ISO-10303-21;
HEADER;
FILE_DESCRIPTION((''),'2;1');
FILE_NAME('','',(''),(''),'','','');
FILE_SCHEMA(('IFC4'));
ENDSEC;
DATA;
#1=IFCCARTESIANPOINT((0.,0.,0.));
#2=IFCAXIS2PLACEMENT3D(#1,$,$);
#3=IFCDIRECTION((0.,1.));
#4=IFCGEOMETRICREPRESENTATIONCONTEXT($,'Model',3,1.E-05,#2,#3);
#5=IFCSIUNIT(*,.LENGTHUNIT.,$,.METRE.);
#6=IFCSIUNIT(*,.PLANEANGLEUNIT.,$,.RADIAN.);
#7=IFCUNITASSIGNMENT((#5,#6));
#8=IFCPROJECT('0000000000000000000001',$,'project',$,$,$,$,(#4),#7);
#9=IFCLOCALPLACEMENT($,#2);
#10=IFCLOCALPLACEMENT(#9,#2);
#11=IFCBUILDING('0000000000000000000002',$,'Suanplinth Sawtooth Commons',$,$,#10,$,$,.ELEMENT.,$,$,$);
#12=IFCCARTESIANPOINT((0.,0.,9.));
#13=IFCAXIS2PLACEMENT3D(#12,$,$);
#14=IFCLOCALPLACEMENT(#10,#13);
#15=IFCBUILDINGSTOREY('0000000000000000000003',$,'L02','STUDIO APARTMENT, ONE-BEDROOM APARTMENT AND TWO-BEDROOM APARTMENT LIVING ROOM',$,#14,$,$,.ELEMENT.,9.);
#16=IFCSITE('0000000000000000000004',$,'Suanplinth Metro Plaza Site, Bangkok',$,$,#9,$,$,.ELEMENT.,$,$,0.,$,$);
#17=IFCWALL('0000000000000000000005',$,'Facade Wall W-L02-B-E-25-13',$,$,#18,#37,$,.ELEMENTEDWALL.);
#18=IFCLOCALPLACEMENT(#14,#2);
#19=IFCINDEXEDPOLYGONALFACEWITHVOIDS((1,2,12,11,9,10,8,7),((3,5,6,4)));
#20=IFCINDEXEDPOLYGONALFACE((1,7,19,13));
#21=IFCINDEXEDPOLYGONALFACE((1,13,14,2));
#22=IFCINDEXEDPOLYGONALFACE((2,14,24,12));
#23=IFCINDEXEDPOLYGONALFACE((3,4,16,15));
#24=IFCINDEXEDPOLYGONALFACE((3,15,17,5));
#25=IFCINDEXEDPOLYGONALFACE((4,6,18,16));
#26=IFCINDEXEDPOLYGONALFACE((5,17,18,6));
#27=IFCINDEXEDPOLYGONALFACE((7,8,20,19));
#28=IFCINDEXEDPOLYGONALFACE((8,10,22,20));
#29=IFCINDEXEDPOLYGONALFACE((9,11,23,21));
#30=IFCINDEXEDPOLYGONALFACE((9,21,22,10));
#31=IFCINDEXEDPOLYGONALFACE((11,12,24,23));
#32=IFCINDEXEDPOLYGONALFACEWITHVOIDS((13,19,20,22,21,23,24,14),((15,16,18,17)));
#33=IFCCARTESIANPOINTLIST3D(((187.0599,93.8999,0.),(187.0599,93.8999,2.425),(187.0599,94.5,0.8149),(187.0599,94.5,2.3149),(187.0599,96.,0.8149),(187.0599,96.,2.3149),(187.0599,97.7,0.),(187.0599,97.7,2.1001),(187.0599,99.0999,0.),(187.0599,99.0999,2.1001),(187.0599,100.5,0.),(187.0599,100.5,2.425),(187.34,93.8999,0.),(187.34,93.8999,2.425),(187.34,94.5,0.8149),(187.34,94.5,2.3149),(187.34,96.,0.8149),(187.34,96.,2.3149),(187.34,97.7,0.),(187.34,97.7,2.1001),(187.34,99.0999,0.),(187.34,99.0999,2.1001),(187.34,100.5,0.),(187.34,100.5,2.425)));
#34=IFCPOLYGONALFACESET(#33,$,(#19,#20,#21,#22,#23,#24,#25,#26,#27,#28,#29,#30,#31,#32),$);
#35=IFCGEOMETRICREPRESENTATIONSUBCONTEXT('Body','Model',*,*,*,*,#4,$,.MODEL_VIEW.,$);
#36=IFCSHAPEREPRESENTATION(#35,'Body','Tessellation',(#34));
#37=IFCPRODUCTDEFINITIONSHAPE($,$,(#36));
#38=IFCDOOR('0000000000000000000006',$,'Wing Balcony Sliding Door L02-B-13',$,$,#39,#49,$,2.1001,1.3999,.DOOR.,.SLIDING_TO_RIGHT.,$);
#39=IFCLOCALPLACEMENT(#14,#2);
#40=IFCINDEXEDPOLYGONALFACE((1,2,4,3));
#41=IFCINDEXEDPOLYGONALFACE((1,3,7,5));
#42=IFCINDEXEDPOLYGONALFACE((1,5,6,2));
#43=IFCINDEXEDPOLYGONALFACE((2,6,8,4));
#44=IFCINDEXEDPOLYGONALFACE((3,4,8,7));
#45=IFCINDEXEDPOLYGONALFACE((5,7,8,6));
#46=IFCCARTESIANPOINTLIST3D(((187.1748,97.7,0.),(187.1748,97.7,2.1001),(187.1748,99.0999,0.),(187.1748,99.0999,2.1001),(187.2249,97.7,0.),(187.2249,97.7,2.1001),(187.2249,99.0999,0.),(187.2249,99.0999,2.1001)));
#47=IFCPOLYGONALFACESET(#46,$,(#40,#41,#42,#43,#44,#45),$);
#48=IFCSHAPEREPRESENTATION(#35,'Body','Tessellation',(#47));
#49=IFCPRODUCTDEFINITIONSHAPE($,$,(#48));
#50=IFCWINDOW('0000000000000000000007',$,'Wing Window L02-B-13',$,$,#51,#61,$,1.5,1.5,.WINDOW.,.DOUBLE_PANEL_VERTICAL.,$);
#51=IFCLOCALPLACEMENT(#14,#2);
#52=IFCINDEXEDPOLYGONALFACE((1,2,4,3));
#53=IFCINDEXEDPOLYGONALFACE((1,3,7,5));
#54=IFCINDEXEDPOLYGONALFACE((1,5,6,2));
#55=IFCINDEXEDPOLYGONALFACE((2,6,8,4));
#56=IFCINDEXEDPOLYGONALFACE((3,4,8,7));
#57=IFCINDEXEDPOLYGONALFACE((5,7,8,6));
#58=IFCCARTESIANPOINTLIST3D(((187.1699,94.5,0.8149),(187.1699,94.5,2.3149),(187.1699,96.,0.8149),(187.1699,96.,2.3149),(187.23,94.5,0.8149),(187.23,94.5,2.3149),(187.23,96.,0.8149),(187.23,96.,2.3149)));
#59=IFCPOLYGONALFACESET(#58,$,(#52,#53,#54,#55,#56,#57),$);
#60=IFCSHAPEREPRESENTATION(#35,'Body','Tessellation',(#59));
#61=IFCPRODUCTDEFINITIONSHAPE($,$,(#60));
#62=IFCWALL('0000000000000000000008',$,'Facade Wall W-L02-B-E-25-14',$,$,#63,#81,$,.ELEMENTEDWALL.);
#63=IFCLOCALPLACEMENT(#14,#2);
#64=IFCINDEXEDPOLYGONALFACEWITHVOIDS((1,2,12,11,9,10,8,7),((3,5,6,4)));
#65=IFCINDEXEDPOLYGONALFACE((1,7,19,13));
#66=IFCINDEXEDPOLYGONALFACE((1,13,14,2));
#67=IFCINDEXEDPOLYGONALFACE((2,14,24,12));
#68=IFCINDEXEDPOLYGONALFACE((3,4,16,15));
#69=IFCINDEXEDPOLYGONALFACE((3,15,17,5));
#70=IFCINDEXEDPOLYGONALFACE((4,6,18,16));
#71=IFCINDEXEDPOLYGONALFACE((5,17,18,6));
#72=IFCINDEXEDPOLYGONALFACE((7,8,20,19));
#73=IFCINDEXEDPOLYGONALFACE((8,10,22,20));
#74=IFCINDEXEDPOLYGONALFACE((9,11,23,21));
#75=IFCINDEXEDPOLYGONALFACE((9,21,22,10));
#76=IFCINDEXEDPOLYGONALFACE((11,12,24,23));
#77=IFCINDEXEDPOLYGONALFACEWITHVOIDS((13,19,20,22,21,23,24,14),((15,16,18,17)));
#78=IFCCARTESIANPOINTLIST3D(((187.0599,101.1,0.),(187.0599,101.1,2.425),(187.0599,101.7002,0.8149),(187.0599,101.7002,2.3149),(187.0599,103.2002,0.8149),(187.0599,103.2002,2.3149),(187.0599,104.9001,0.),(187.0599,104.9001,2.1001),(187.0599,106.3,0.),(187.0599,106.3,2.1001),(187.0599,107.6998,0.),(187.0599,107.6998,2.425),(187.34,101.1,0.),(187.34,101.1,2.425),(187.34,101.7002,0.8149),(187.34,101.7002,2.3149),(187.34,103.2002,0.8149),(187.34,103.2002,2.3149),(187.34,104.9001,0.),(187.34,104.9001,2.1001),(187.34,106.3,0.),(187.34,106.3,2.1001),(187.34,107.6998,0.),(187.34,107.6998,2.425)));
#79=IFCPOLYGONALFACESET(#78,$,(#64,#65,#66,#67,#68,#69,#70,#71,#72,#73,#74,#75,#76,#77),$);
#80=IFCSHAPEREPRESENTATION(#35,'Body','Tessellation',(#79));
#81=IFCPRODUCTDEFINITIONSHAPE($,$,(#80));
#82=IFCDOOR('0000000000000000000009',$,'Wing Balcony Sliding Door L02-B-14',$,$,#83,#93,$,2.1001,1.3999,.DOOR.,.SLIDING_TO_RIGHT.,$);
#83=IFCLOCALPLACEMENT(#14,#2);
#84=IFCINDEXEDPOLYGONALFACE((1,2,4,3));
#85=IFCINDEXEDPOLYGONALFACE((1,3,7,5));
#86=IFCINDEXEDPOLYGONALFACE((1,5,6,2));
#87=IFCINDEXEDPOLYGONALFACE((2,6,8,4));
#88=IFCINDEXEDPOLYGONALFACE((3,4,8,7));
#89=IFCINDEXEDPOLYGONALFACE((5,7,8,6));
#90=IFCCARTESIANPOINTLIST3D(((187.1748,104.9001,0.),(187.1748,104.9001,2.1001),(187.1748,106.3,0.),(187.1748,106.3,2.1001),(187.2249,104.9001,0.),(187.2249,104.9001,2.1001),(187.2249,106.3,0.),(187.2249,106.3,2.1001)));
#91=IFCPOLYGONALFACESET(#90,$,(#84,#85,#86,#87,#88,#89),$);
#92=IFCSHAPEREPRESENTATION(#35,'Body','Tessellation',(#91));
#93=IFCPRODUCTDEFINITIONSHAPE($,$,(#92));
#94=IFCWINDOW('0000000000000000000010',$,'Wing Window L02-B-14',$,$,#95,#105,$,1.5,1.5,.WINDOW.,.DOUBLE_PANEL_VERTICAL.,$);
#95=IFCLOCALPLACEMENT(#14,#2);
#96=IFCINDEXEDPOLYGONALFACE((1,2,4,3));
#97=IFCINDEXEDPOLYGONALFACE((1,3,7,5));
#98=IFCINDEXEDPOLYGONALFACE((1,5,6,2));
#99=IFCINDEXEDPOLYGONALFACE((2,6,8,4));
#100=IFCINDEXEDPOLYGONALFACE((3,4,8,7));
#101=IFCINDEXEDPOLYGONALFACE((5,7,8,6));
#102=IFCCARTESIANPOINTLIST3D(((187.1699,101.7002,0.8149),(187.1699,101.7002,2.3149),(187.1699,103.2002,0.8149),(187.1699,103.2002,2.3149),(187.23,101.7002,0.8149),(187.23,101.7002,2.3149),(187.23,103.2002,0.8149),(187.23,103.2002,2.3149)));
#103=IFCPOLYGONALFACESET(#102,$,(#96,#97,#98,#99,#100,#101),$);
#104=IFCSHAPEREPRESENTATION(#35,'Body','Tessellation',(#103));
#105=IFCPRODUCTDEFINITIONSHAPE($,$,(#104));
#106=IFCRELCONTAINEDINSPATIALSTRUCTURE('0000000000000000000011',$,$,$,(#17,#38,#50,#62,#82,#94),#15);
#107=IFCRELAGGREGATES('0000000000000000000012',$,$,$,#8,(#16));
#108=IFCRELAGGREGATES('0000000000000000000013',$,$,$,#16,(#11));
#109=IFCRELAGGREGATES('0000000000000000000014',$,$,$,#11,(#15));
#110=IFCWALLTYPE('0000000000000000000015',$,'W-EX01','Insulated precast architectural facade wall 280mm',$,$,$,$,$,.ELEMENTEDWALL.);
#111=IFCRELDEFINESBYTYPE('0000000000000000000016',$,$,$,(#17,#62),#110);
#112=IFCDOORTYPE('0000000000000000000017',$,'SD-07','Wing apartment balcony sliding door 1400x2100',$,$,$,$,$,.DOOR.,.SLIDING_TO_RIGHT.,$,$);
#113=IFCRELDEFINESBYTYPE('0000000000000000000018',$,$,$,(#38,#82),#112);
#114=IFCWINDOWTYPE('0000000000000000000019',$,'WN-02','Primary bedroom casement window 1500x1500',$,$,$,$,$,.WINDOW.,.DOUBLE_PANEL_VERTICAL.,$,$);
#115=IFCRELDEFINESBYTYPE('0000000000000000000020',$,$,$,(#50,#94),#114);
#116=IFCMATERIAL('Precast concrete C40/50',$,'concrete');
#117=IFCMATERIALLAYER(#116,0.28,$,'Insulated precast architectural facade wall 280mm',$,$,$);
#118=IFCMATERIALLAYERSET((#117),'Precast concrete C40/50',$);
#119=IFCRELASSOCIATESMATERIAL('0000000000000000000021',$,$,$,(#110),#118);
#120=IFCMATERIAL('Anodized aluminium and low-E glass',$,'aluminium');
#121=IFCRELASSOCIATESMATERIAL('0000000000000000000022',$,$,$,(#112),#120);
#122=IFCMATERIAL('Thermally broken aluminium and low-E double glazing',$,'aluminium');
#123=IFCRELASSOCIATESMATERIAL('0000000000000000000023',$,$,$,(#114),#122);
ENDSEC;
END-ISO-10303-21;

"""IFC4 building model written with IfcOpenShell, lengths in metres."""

from ifc_helpers import new_model, si_unit, direction, frame, frame_2d, origin, place, context, subcontext, project, spatial, rectangle, extrude, material, layer, layer_set, type_object, element, fill, save


model = new_model("IFC4")

# Units and contexts
model_context = context("Model", 3, precision=1e-05, world=origin(), true_north=direction((0.0, 1.0)))
body_context = subcontext(model_context, "Body", "Model", "MODEL_VIEW")
ifc_project = project(units=[si_unit("LENGTHUNIT", "METRE"), si_unit("PLANEANGLEUNIT", "RADIAN")], contexts=[model_context])

# Site, building, storey
site_placement = place(None, origin())
site = spatial("IfcSite", under=ifc_project, at=site_placement, Name="Suanplinth Metro Plaza Site, Bangkok", CompositionType="ELEMENT", RefElevation=0.0)
building_placement = place(site_placement, origin())
building = spatial("IfcBuilding", under=site, at=building_placement, Name="Suanplinth Sawtooth Commons", CompositionType="ELEMENT")
storey_placement = place(building_placement, frame((0.0, 0.0, 9.0)))
storey = spatial("IfcBuildingStorey", under=building, at=storey_placement, Name="L02", Description="STUDIO APARTMENT, ONE-BEDROOM APARTMENT AND TWO-BEDROOM APARTMENT LIVING ROOM", CompositionType="ELEMENT", Elevation=9.0)

# Shared definitions
ifc_material_1 = material(Name="Precast concrete C40/50", Category="concrete")

# Walls, openings, doors, windows
ifc_layer_1 = layer(ifc_material_1, 0.28, Name="Insulated precast architectural facade wall 280mm")
ifc_layer_set_1 = layer_set([ifc_layer_1], Name="Precast concrete C40/50")
wall_type = type_object("IfcWallType", Name="W-EX01", Description="Insulated precast architectural facade wall 280mm", PredefinedType="ELEMENTEDWALL", material=ifc_layer_set_1)
wall_1_placement = place(storey_placement, frame((187.2, 93.8999, 0.0), z_axis=(0.0, 0.0, 1.0), x_axis=(0.0, 1.0, 0.0)))
wall_1 = element("IfcWall", 1, at=wall_1_placement, inside=storey, type_object=wall_type, Name="Facade Wall W-L02-B-E-25-13", PredefinedType="ELEMENTEDWALL", context=body_context, shape_type="SweptSolid", body=[
    extrude(rectangle(XDim=6.6001, YDim=0.28, at=frame_2d((3.3, 0.0))), origin(), (0.0, 0.0, 1.0), 2.425),
])
opening_1_placement = place(wall_1_placement, frame((3.8, 0.0, 0.0)))
opening_1 = element("IfcOpeningElement", 2, at=opening_1_placement, cuts=wall_1, PredefinedType="OPENING", context=body_context, shape_type="SweptSolid", body=[
    extrude(rectangle(XDim=1.3999, YDim=2.1001, at=frame_2d((0.7, 1.05))), frame((0.0, 0.1548, 0.0), z_axis=(0.0, -1.0, 0.0), x_axis=(1.0, 0.0, 0.0)), (0.0, 0.0, 1.0), 0.3098),
])
opening_2_placement = place(wall_1_placement, frame((0.6001, 0.0, 0.8149)))
opening_2 = element("IfcOpeningElement", 3, at=opening_2_placement, cuts=wall_1, PredefinedType="OPENING", context=body_context, shape_type="SweptSolid", body=[
    extrude(rectangle(XDim=1.5, YDim=1.5, at=frame_2d((0.75, 0.75))), frame((0.0, 0.1548, 0.0), z_axis=(0.0, -1.0, 0.0), x_axis=(1.0, 0.0, 0.0)), (0.0, 0.0, 1.0), 0.3098),
])
ifc_material_2 = material(Name="Anodized aluminium and low-E glass", Category="aluminium")
door_type = type_object("IfcDoorType", Name="SD-07", Description="Wing apartment balcony sliding door 1400x2100", OperationType="SLIDING_TO_RIGHT", PredefinedType="DOOR", material=ifc_material_2)
door_1_placement = place(opening_1_placement, frame((1.3999, 0.0, 0.0), z_axis=(0.0, 0.0, 1.0), x_axis=(-1.0, 0.0, 0.0)))
door_1 = element("IfcDoor", 4, at=door_1_placement, inside=storey, type_object=door_type, Name="Wing Balcony Sliding Door L02-B-13", OperationType="SLIDING_TO_RIGHT", OverallHeight=2.1001, OverallWidth=1.3999, PredefinedType="DOOR", context=body_context, shape_type="SweptSolid", body=[
    extrude(rectangle(XDim=1.3999, YDim=2.1001, at=frame_2d((0.7, 1.05))), frame((0.0, 0.0249, 0.0), z_axis=(0.0, -1.0, 0.0), x_axis=(1.0, 0.0, 0.0)), (0.0, 0.0, 1.0), 0.05),
])
fill(opening_1, door_1)
ifc_material_3 = material(Name="Thermally broken aluminium and low-E double glazing", Category="aluminium")
window_type = type_object("IfcWindowType", Name="WN-02", Description="Primary bedroom casement window 1500x1500", PartitioningType="DOUBLE_PANEL_VERTICAL", PredefinedType="WINDOW", material=ifc_material_3)
window_1_placement = place(opening_2_placement, origin())
window_1 = element("IfcWindow", 5, at=window_1_placement, inside=storey, type_object=window_type, Name="Wing Window L02-B-13", OverallHeight=1.5, OverallWidth=1.5, PartitioningType="DOUBLE_PANEL_VERTICAL", PredefinedType="WINDOW", context=body_context, shape_type="SweptSolid", body=[
    extrude(rectangle(XDim=1.5, YDim=1.5, at=frame_2d((0.75, 0.75))), frame((0.0, 0.03, 0.0), z_axis=(0.0, -1.0, 0.0), x_axis=(1.0, 0.0, 0.0)), (0.0, 0.0, 1.0), 0.0601),
])
fill(opening_2, window_1)
wall_2_placement = place(storey_placement, frame((187.2, 101.1001, 0.0), z_axis=(0.0, 0.0, 1.0), x_axis=(0.0, 1.0, 0.0)))
wall_2 = element("IfcWall", 6, at=wall_2_placement, inside=storey, type_object=wall_type, Name="Facade Wall W-L02-B-E-25-14", PredefinedType="ELEMENTEDWALL", context=body_context, shape_type="SweptSolid", body=[
    extrude(rectangle(XDim=6.5999, YDim=0.28, at=frame_2d((3.2998, 0.0))), origin(), (0.0, 0.0, 1.0), 2.425),
])
opening_3_placement = place(wall_2_placement, frame((3.8, 0.0, 0.0)))
opening_3 = element("IfcOpeningElement", 7, at=opening_3_placement, cuts=wall_2, PredefinedType="OPENING", context=body_context, shape_type="SweptSolid", body=[
    extrude(rectangle(XDim=1.3999, YDim=2.1001, at=frame_2d((0.7, 1.05))), frame((0.0, 0.1548, 0.0), z_axis=(0.0, -1.0, 0.0), x_axis=(1.0, 0.0, 0.0)), (0.0, 0.0, 1.0), 0.3098),
])
opening_4_placement = place(wall_2_placement, frame((0.6001, 0.0, 0.8149)))
opening_4 = element("IfcOpeningElement", 8, at=opening_4_placement, cuts=wall_2, PredefinedType="OPENING", context=body_context, shape_type="SweptSolid", body=[
    extrude(rectangle(XDim=1.5, YDim=1.5, at=frame_2d((0.75, 0.75))), frame((0.0, 0.1548, 0.0), z_axis=(0.0, -1.0, 0.0), x_axis=(1.0, 0.0, 0.0)), (0.0, 0.0, 1.0), 0.3098),
])
door_2_placement = place(opening_3_placement, frame((1.3999, 0.0, 0.0), z_axis=(0.0, 0.0, 1.0), x_axis=(-1.0, 0.0, 0.0)))
door_2 = element("IfcDoor", 9, at=door_2_placement, inside=storey, type_object=door_type, Name="Wing Balcony Sliding Door L02-B-14", OperationType="SLIDING_TO_RIGHT", OverallHeight=2.1001, OverallWidth=1.3999, PredefinedType="DOOR", context=body_context, shape_type="SweptSolid", body=[
    extrude(rectangle(XDim=1.3999, YDim=2.1001, at=frame_2d((0.7, 1.05))), frame((0.0, 0.0249, 0.0), z_axis=(0.0, -1.0, 0.0), x_axis=(1.0, 0.0, 0.0)), (0.0, 0.0, 1.0), 0.05),
])
fill(opening_3, door_2)
window_2_placement = place(opening_4_placement, origin())
window_2 = element("IfcWindow", 10, at=window_2_placement, inside=storey, type_object=window_type, Name="Wing Window L02-B-14", OverallHeight=1.5, OverallWidth=1.5, PartitioningType="DOUBLE_PANEL_VERTICAL", PredefinedType="WINDOW", context=body_context, shape_type="SweptSolid", body=[
    extrude(rectangle(XDim=1.5, YDim=1.5, at=frame_2d((0.75, 0.75))), frame((0.0, 0.03, 0.0), z_axis=(0.0, -1.0, 0.0), x_axis=(1.0, 0.0, 0.0)), (0.0, 0.0, 1.0), 0.0601),
])
fill(opening_4, window_2)

save(model, "model.ifc")
